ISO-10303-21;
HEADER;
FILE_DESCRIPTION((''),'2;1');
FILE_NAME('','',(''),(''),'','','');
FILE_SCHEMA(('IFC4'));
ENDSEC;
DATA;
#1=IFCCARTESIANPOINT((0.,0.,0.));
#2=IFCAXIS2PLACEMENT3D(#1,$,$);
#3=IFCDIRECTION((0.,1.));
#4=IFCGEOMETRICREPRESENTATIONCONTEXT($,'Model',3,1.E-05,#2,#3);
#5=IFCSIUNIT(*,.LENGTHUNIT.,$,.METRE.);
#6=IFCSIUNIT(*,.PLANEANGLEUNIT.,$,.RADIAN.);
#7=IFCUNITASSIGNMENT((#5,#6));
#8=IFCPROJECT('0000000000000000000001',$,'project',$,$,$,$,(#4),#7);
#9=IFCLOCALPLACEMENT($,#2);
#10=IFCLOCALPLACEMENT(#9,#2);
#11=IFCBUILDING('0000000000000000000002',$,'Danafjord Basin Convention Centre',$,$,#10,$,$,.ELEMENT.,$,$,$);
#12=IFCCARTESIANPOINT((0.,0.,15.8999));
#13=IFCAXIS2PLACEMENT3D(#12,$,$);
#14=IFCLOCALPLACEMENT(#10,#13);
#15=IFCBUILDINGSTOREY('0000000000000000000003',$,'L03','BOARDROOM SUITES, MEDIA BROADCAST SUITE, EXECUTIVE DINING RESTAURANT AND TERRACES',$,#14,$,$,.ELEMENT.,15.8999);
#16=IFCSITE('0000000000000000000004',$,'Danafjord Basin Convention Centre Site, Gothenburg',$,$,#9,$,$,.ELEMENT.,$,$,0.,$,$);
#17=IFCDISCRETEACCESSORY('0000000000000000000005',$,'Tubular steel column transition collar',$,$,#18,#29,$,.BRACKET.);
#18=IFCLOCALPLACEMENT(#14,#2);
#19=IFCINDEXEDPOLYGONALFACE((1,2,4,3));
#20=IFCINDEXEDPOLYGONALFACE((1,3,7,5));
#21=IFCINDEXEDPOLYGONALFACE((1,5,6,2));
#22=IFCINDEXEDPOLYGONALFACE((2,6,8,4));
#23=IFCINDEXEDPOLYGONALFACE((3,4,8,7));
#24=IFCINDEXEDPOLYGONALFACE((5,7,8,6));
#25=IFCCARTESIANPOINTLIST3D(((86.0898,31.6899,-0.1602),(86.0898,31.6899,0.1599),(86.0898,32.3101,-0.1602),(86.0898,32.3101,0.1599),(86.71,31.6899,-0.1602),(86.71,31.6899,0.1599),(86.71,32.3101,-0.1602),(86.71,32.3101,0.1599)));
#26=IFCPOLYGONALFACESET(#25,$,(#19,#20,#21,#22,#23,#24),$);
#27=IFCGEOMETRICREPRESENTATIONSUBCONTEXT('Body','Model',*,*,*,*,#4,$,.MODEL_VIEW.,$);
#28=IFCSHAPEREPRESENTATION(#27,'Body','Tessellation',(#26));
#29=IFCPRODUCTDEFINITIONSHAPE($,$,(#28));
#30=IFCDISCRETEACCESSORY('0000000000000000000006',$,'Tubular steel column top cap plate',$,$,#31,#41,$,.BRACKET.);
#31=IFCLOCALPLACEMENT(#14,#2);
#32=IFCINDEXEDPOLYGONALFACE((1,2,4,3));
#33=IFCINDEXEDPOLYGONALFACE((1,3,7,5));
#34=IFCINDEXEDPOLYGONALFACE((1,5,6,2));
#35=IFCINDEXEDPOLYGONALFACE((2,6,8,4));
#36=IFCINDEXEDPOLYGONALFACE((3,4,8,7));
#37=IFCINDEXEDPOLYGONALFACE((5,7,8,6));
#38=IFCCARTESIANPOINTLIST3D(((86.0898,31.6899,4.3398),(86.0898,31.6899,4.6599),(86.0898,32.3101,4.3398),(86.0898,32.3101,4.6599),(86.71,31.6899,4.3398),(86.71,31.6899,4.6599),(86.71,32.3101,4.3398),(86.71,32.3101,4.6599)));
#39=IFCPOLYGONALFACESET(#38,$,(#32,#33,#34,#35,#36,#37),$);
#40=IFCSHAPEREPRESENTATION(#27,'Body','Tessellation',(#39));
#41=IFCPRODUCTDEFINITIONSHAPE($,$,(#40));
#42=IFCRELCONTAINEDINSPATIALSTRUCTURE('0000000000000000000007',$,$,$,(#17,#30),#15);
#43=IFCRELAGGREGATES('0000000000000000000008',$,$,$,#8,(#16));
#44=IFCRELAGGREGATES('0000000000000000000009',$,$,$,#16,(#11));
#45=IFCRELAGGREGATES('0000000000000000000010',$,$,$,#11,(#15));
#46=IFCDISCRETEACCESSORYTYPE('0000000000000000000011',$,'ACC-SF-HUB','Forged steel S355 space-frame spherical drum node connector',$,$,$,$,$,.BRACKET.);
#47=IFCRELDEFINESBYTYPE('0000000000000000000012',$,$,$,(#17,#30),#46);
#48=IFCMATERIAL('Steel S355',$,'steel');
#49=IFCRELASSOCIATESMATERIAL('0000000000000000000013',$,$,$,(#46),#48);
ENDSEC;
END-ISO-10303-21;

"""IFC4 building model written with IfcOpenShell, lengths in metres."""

from ifc_helpers import new_model, si_unit, direction, frame, origin, origin_2d, place, context, subcontext, project, spatial, rectangle, extrude, material, type_object, element, save


model = new_model("IFC4")

# Units and contexts
model_context = context("Model", 3, precision=1e-05, world=origin(), true_north=direction((0.0, 1.0)))
body_context = subcontext(model_context, "Body", "Model", "MODEL_VIEW")
ifc_project = project(units=[si_unit("LENGTHUNIT", "METRE"), si_unit("PLANEANGLEUNIT", "RADIAN")], contexts=[model_context])

# Site, building, storey
site_placement = place(None, origin())
site = spatial("IfcSite", under=ifc_project, at=site_placement, Name="Danafjord Basin Convention Centre Site, Gothenburg", CompositionType="ELEMENT", RefElevation=0.0)
building_placement = place(site_placement, origin())
building = spatial("IfcBuilding", under=site, at=building_placement, Name="Danafjord Basin Convention Centre", CompositionType="ELEMENT")
storey_placement = place(building_placement, frame((0.0, 0.0, 15.8999)))
storey = spatial("IfcBuildingStorey", under=building, at=storey_placement, Name="L03", Description="BOARDROOM SUITES, MEDIA BROADCAST SUITE, EXECUTIVE DINING RESTAURANT AND TERRACES", CompositionType="ELEMENT", Elevation=15.8999)

# Shared definitions
ifc_material_1 = material(Name="Steel S355", Category="steel")

# Discrete accessories
discrete_accessory_type = type_object("IfcDiscreteAccessoryType", Name="ACC-SF-HUB", Description="Forged steel S355 space-frame spherical drum node connector", PredefinedType="BRACKET", material=ifc_material_1)
for number, where, z_axis, x_axis, name in (
    (1, (86.3999, 32.0, -0.1602), (0.0, 0.0, 1.0), (1.0, 0.0, 0.0), "Tubular steel column transition collar"),
    (2, (86.3999, 32.0, 4.3398), (0.0, 0.0, 1.0), (1.0, 0.0, 0.0), "Tubular steel column top cap plate"),
):
    element("IfcDiscreteAccessory", number, at=place(storey_placement, frame(where, z_axis=z_axis, x_axis=x_axis)), inside=storey, type_object=discrete_accessory_type, Name=name, PredefinedType="BRACKET", context=body_context, shape_type="SweptSolid", body=[
        extrude(rectangle(XDim=0.6201, YDim=0.6201, at=origin_2d()), origin(), (0.0, 0.0, 1.0), 0.3201),
    ])

save(model, "model.ifc")
